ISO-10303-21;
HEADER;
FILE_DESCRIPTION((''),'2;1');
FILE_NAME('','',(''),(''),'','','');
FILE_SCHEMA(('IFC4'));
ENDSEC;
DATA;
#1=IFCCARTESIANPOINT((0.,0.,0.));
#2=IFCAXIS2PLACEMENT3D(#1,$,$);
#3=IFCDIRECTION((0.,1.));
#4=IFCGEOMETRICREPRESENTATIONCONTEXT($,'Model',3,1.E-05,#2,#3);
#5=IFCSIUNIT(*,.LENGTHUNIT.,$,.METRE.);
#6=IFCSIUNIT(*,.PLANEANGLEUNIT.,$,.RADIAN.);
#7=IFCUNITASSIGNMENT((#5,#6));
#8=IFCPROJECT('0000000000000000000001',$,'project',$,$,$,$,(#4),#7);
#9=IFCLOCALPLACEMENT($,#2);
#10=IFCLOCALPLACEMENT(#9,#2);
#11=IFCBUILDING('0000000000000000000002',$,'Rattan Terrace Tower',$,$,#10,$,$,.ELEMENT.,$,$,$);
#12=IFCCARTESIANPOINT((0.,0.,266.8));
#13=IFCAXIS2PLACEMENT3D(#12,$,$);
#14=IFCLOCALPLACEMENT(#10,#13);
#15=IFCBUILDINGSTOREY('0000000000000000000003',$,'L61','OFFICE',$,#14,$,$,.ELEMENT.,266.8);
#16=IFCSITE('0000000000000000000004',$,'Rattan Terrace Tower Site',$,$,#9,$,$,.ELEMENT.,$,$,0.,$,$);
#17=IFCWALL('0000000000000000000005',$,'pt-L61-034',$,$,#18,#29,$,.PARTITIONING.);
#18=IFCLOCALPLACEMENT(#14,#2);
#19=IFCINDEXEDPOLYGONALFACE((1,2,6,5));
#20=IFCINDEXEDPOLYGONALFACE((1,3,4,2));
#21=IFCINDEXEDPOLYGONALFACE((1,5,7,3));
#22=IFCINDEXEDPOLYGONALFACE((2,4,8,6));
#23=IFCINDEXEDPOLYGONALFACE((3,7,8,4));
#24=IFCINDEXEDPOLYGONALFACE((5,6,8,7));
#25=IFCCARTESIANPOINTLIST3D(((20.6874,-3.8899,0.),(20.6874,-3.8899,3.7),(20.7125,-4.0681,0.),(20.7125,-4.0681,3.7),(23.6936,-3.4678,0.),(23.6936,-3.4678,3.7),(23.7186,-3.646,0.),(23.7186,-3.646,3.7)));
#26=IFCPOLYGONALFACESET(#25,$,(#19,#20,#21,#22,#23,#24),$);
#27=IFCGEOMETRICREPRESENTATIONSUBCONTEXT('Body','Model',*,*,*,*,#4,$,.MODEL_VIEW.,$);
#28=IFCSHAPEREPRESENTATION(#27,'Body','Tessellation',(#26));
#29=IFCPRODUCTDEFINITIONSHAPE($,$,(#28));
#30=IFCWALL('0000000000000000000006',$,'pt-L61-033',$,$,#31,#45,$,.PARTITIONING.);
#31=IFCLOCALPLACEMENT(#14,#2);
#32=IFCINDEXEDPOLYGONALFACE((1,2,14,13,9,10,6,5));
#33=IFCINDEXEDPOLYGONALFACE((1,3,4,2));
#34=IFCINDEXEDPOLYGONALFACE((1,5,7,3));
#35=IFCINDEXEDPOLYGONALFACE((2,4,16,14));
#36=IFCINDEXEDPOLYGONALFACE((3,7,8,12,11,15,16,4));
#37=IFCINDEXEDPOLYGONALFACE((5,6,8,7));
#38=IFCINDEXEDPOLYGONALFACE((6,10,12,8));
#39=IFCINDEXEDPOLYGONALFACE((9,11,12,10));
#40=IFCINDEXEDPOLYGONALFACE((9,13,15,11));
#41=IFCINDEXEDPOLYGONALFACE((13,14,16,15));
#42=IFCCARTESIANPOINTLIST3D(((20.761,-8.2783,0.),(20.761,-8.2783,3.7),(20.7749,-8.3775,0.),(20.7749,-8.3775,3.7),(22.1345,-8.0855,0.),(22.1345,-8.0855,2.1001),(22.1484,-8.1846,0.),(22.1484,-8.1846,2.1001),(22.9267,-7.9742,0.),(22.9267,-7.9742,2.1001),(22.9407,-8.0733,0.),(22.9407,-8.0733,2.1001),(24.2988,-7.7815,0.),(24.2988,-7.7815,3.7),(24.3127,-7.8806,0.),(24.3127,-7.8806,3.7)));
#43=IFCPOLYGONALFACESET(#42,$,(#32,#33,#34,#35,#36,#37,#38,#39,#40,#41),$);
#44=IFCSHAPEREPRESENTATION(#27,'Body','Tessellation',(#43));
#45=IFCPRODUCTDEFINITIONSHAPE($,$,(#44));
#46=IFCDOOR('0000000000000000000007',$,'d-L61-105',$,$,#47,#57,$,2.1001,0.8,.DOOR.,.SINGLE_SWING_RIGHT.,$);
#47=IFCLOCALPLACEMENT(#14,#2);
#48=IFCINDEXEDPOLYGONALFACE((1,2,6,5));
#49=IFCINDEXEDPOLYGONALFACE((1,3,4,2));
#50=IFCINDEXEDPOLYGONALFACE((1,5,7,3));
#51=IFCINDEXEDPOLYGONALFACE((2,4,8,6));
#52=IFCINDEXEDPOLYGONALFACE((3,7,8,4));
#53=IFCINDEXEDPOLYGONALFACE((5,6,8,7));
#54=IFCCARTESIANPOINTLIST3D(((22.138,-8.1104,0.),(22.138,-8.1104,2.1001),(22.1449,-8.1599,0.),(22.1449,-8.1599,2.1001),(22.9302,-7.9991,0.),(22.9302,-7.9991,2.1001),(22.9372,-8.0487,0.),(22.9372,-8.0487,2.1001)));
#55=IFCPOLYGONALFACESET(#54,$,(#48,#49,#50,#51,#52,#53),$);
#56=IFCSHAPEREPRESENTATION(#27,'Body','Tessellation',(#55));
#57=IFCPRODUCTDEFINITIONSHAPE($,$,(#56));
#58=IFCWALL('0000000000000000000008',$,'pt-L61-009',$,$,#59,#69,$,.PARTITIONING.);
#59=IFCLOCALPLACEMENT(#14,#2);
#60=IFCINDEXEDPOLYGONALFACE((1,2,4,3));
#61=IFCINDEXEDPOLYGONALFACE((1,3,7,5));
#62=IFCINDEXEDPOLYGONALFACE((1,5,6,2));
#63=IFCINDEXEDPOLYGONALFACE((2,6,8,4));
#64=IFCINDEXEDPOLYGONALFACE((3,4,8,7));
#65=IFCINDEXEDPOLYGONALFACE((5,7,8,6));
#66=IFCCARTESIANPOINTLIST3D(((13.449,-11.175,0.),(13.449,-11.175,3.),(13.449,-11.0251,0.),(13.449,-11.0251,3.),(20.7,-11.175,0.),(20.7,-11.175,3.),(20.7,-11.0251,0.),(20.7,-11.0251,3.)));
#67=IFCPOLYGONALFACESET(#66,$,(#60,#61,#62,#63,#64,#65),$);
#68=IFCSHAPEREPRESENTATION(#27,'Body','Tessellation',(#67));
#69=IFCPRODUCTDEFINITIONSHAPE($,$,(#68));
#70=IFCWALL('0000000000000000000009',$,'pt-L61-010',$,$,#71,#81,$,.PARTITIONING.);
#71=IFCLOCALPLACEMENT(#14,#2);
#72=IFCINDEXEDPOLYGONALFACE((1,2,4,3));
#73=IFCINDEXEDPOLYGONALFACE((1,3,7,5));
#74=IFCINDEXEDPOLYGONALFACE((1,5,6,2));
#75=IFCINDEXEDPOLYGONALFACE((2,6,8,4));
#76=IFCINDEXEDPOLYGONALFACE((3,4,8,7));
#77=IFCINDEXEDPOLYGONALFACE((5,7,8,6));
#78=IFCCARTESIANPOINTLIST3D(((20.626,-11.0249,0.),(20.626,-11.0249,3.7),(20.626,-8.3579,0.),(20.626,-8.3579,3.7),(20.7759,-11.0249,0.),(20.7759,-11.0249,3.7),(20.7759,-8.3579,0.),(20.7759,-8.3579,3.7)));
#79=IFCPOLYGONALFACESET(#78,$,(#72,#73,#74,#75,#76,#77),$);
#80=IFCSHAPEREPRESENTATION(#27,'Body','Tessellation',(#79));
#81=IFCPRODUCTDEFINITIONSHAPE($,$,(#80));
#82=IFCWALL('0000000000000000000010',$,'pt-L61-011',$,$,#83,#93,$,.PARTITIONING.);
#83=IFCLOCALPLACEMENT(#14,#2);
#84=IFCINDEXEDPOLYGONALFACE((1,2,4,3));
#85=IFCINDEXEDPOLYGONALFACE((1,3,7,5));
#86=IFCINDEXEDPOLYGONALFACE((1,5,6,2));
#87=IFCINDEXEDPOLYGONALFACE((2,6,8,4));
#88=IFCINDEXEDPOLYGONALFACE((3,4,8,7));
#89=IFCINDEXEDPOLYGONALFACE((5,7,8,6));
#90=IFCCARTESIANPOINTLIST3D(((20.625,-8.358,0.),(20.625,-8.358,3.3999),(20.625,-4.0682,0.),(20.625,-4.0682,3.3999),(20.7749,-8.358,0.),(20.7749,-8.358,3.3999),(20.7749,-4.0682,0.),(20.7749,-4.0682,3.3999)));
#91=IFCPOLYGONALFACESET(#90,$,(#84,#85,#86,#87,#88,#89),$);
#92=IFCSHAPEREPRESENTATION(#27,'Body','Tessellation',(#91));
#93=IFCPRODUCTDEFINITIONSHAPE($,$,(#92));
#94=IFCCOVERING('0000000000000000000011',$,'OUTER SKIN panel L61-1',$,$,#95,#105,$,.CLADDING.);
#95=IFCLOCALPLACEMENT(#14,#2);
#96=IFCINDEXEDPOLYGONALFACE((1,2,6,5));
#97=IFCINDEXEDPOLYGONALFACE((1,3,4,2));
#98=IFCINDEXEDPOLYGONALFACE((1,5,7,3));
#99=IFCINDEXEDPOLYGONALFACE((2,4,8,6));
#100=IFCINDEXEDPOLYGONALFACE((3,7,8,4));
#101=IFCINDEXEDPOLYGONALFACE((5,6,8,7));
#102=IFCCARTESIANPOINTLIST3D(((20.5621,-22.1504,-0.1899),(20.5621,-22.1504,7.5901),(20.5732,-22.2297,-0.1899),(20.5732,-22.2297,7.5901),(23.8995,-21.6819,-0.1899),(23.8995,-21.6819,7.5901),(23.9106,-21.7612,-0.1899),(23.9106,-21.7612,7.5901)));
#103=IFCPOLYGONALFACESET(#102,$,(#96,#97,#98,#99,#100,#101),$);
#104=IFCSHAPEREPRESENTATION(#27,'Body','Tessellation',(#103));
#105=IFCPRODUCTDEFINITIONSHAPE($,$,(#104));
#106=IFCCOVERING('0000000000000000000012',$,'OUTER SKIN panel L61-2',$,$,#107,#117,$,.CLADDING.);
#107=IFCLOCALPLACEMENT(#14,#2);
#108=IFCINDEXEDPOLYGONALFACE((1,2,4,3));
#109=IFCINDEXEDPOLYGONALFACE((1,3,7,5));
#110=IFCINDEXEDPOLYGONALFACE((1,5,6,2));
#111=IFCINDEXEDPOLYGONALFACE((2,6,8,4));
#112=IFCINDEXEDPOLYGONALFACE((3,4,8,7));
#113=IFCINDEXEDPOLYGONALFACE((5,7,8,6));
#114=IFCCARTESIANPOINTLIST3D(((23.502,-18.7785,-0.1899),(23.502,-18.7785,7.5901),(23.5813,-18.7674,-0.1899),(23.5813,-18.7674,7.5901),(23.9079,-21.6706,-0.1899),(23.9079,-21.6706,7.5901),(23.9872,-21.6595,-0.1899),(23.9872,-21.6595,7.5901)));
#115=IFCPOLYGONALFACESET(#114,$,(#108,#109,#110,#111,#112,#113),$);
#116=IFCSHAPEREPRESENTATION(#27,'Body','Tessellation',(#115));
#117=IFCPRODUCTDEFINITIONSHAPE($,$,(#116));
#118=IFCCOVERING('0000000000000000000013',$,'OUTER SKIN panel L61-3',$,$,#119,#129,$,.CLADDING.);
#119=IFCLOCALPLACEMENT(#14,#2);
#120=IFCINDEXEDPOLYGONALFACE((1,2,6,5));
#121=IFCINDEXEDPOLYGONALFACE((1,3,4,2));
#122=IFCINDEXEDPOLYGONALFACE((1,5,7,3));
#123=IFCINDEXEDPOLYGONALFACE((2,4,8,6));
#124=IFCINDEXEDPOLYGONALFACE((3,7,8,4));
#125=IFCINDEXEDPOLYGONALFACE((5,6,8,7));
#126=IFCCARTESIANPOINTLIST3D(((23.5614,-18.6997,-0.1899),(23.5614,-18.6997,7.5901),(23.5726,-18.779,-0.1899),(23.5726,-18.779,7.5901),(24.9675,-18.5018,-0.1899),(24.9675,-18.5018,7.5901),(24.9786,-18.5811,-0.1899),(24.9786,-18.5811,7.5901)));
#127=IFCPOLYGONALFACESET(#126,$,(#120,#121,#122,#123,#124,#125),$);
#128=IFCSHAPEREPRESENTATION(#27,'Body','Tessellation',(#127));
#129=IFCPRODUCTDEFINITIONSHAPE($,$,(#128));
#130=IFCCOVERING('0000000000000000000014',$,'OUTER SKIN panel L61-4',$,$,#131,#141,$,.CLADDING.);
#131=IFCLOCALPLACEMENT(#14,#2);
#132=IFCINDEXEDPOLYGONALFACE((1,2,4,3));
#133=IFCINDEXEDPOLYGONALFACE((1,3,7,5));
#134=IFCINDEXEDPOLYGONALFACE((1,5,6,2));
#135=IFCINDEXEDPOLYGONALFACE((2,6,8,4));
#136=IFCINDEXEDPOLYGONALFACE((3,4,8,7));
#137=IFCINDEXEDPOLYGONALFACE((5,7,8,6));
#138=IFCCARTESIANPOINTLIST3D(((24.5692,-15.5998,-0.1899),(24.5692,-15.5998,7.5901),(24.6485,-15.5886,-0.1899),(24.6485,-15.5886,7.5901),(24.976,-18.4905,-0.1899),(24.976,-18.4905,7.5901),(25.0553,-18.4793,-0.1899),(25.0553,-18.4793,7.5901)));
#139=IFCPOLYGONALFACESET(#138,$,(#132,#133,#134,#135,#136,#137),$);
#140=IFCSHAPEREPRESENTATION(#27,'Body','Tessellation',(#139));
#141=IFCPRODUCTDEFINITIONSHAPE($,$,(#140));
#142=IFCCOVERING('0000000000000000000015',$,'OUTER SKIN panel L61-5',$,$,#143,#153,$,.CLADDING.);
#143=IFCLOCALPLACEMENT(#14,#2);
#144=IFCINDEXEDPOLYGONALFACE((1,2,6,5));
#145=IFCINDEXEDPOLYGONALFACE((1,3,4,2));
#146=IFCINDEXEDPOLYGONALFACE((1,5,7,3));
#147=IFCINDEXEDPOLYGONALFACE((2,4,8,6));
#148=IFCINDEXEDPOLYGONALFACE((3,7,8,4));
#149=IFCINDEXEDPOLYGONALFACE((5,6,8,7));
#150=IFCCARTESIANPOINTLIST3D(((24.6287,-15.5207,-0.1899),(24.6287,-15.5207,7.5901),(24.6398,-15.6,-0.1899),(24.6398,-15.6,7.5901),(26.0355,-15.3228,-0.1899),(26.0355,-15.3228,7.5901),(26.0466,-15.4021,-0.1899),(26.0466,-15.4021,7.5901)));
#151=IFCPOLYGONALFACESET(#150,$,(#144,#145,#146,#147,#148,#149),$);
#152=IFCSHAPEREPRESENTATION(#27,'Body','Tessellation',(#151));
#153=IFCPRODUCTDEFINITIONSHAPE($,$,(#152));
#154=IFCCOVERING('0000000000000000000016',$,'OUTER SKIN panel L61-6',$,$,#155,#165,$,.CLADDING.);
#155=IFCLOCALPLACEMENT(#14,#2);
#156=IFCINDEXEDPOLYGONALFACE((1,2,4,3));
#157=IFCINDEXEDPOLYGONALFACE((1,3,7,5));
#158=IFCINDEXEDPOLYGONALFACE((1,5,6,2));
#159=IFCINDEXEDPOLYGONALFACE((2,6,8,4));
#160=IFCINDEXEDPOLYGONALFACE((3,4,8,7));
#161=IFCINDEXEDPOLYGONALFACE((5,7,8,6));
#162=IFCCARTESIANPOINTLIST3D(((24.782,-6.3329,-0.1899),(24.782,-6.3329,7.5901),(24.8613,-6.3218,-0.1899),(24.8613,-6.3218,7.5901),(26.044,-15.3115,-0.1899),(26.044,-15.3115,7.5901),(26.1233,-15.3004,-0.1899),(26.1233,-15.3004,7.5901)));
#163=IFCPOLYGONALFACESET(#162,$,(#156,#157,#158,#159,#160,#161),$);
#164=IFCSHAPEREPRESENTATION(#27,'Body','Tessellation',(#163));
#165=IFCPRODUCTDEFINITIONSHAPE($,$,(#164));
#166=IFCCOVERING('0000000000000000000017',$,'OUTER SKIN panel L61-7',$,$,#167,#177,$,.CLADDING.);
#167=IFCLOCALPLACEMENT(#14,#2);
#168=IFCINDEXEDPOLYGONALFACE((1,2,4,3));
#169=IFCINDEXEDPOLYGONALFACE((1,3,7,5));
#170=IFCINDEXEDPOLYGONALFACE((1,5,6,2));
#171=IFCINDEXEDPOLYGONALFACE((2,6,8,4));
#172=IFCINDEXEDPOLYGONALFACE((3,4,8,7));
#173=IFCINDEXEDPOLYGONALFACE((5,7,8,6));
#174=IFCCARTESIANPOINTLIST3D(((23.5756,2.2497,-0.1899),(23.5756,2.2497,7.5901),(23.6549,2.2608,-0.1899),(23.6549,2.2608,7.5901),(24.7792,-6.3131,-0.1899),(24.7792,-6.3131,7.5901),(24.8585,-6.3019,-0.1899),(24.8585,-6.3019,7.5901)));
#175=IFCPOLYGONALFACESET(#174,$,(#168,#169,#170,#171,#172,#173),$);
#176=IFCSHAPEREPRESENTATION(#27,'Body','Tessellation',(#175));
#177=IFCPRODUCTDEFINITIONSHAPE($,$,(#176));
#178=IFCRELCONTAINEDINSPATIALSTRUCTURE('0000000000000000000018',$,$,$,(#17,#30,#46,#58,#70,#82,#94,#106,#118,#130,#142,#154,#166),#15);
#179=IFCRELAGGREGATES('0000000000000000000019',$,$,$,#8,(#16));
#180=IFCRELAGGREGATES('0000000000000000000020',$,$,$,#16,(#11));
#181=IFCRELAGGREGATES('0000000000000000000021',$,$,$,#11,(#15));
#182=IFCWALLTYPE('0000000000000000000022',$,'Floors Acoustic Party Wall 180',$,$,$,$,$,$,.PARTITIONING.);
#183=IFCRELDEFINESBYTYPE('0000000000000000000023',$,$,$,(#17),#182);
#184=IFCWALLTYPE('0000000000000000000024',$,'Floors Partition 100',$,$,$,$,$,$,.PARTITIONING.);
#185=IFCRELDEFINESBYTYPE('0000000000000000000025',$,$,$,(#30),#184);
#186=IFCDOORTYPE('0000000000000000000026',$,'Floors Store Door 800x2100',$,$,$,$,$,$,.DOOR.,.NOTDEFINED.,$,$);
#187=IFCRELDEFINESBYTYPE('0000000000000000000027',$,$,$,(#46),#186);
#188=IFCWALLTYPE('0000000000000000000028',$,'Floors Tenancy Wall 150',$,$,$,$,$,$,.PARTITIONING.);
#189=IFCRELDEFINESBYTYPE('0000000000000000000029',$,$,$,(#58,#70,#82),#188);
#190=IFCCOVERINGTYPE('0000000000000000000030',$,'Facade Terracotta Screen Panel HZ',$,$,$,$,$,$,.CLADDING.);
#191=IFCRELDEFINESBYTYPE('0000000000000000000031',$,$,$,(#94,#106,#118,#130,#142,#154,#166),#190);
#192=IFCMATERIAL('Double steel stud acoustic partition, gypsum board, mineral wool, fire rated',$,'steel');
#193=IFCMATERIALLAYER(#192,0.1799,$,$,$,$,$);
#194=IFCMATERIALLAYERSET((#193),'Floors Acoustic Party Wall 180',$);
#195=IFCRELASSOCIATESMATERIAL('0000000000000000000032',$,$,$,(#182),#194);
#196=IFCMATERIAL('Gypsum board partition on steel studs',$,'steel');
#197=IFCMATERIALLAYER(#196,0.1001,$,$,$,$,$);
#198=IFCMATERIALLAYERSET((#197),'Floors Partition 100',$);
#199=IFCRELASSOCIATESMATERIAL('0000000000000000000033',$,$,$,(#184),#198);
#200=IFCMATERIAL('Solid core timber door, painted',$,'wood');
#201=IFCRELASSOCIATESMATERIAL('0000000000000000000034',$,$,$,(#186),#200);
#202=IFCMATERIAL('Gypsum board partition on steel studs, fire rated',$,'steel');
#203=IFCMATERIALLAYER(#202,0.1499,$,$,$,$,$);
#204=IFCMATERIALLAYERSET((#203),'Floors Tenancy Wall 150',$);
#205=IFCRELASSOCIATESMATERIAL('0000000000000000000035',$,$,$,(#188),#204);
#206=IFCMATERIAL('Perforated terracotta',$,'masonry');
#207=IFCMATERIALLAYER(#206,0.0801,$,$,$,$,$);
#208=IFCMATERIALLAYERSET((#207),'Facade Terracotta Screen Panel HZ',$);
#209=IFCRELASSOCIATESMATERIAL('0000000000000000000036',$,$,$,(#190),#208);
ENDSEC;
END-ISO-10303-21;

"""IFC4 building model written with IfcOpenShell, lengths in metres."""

from ifc_helpers import new_model, si_unit, direction, frame, frame_2d, origin, origin_2d, place, context, subcontext, project, spatial, rectangle, extrude, material, layer, layer_set, type_object, element, fill, save


model = new_model("IFC4")

# Units and contexts
model_context = context("Model", 3, precision=1e-05, world=origin(), true_north=direction((0.0, 1.0)))
body_context = subcontext(model_context, "Body", "Model", "MODEL_VIEW")
ifc_project = project(units=[si_unit("LENGTHUNIT", "METRE"), si_unit("PLANEANGLEUNIT", "RADIAN")], contexts=[model_context])

# Site, building, storey
site_placement = place(None, origin())
site = spatial("IfcSite", under=ifc_project, at=site_placement, Name="Rattan Terrace Tower Site", CompositionType="ELEMENT", RefElevation=0.0)
building_placement = place(site_placement, origin())
building = spatial("IfcBuilding", under=site, at=building_placement, Name="Rattan Terrace Tower", CompositionType="ELEMENT")
storey_placement = place(building_placement, frame((0.0, 0.0, 266.8)))
storey = spatial("IfcBuildingStorey", under=building, at=storey_placement, Name="L61", Description="OFFICE", CompositionType="ELEMENT", Elevation=266.8)

# Wall
ifc_material_1 = material(Name="Double steel stud acoustic partition, gypsum board, mineral wool, fire rated", Category="steel")
ifc_layer_1 = layer(ifc_material_1, 0.1799)
ifc_layer_set_1 = layer_set([ifc_layer_1], Name="Floors Acoustic Party Wall 180")
wall_type_1 = type_object("IfcWallType", Name="Floors Acoustic Party Wall 180", PredefinedType="PARTITIONING", material=ifc_layer_set_1)
wall_1_placement = place(storey_placement, frame((20.7, -3.979, 0.0), z_axis=(0.0, 0.0, 1.0), x_axis=(0.990284, 0.139056, 0.0)))
element("IfcWall", 1, at=wall_1_placement, inside=storey, type_object=wall_type_1, Name="pt-L61-034", PredefinedType="PARTITIONING", context=body_context, shape_type="SweptSolid", body=[
    extrude(rectangle(XDim=3.0356, YDim=0.1799, at=frame_2d((1.5178, 0.0))), origin(), (0.0, 0.0, 1.0), 3.7),
])

# Wall, opening, door
ifc_material_2 = material(Name="Gypsum board partition on steel studs", Category="steel")
ifc_layer_2 = layer(ifc_material_2, 0.1001)
ifc_layer_set_2 = layer_set([ifc_layer_2], Name="Floors Partition 100")
wall_type_2 = type_object("IfcWallType", Name="Floors Partition 100", PredefinedType="PARTITIONING", material=ifc_layer_set_2)
wall_2_placement = place(storey_placement, frame((20.7681, -8.3279, 0.0), z_axis=(0.0, 0.0, 1.0), x_axis=(0.990283, 0.139067, 0.0)))
wall_2 = element("IfcWall", 2, at=wall_2_placement, inside=storey, type_object=wall_type_2, Name="pt-L61-033", PredefinedType="PARTITIONING", context=body_context, shape_type="SweptSolid", body=[
    extrude(rectangle(XDim=3.5725, YDim=0.1001, at=frame_2d((1.7861, 0.0))), origin(), (0.0, 0.0, 1.0), 3.7),
])
opening_1_placement = place(wall_2_placement, frame((1.387, 0.0, 0.0)))
opening_1 = element("IfcOpeningElement", 3, at=opening_1_placement, cuts=wall_2, PredefinedType="OPENING", context=body_context, shape_type="SweptSolid", body=[
    extrude(rectangle(XDim=0.8, YDim=2.1001, at=frame_2d((0.3999, 1.05))), frame((0.0, 0.0605, 0.0), z_axis=(0.0, -1.0, 0.0), x_axis=(1.0, 0.0, 0.0)), (0.0, 0.0, 1.0), 0.1211),
])
ifc_material_3 = material(Name="Solid core timber door, painted", Category="wood")
door_type_1 = type_object("IfcDoorType", Name="Floors Store Door 800x2100", OperationType="NOTDEFINED", PredefinedType="DOOR", material=ifc_material_3)
door_1_placement = place(opening_1_placement, origin())
door_1 = element("IfcDoor", 4, at=door_1_placement, inside=storey, type_object=door_type_1, Name="d-L61-105", OperationType="SINGLE_SWING_RIGHT", OverallHeight=2.1001, OverallWidth=0.8, PredefinedType="DOOR", context=body_context, shape_type="SweptSolid", body=[
    extrude(rectangle(XDim=0.8, YDim=2.1001, at=frame_2d((0.3999, 1.05))), frame((0.0, 0.0249, 0.0), z_axis=(0.0, -1.0, 0.0), x_axis=(1.0, 0.0, 0.0)), (0.0, 0.0, 1.0), 0.05),
])
fill(opening_1, door_1)

# Walls
ifc_material_4 = material(Name="Gypsum board partition on steel studs, fire rated", Category="steel")
ifc_layer_3 = layer(ifc_material_4, 0.1499)
ifc_layer_set_3 = layer_set([ifc_layer_3], Name="Floors Tenancy Wall 150")
wall_type_3 = type_object("IfcWallType", Name="Floors Tenancy Wall 150", PredefinedType="PARTITIONING", material=ifc_layer_set_3)
wall_3_placement = place(storey_placement, frame((20.7, -11.1001, 0.0), z_axis=(0.0, 0.0, 1.0), x_axis=(-1.0, 0.0, 0.0)))
element("IfcWall", 5, at=wall_3_placement, inside=storey, type_object=wall_type_3, Name="pt-L61-009", PredefinedType="PARTITIONING", context=body_context, shape_type="SweptSolid", body=[
    extrude(rectangle(XDim=7.251, YDim=0.1499, at=frame_2d((3.6255, 0.0))), origin(), (0.0, 0.0, 1.0), 3.0),
])
wall_4_placement = place(storey_placement, frame((20.7009, -8.3579, 0.0), z_axis=(0.0, 0.0, 1.0), x_axis=(0.0, -1.0, 0.0)))
element("IfcWall", 6, at=wall_4_placement, inside=storey, type_object=wall_type_3, Name="pt-L61-010", PredefinedType="PARTITIONING", context=body_context, shape_type="SweptSolid", body=[
    extrude(rectangle(XDim=2.667, YDim=0.1499, at=frame_2d((1.3335, 0.0))), origin(), (0.0, 0.0, 1.0), 3.7),
])
wall_5_placement = place(storey_placement, frame((20.7, -4.0681, 0.0), z_axis=(0.0, 0.0, 1.0), x_axis=(0.0, -1.0, 0.0)))
element("IfcWall", 7, at=wall_5_placement, inside=storey, type_object=wall_type_3, Name="pt-L61-011", PredefinedType="PARTITIONING", context=body_context, shape_type="SweptSolid", body=[
    extrude(rectangle(XDim=4.2898, YDim=0.1499, at=frame_2d((2.145, 0.0))), origin(), (0.0, 0.0, 1.0), 3.3999),
])

# Coverings
ifc_material_5 = material(Name="Perforated terracotta", Category="masonry")
ifc_layer_4 = layer(ifc_material_5, 0.0801)
ifc_layer_set_4 = layer_set([ifc_layer_4], Name="Facade Terracotta Screen Panel HZ")
covering_type = type_object("IfcCoveringType", Name="Facade Terracotta Screen Panel HZ", PredefinedType="CLADDING", material=ifc_layer_set_4)
covering_1_placement = place(storey_placement, frame((22.2363, -21.9558, -0.1899), z_axis=(0.0, 0.0, 1.0), x_axis=(0.990293, 0.138994, 0.0)))
element("IfcCovering", 8, at=covering_1_placement, inside=storey, type_object=covering_type, Name="OUTER SKIN panel L61-1", PredefinedType="CLADDING", context=body_context, shape_type="SweptSolid", body=[
    extrude(rectangle(XDim=3.3701, YDim=0.0801, at=origin_2d()), origin(), (0.0, 0.0, 1.0), 7.78),
])
covering_2_placement = place(storey_placement, frame((23.7446, -20.219, -0.1899), z_axis=(0.0, 0.0, 1.0), x_axis=(-0.138994, 0.990293, 0.0)))
element("IfcCovering", 9, at=covering_2_placement, inside=storey, type_object=covering_type, Name="OUTER SKIN panel L61-2", PredefinedType="CLADDING", context=body_context, shape_type="SweptSolid", body=[
    extrude(rectangle(XDim=2.9204, YDim=0.0801, at=origin_2d()), origin(), (0.0, 0.0, 1.0), 7.78),
])
covering_3_placement = place(storey_placement, frame((24.27, -18.6404, -0.1899), z_axis=(0.0, 0.0, 1.0), x_axis=(0.990241, 0.139367, 0.0)))
element("IfcCovering", 10, at=covering_3_placement, inside=storey, type_object=covering_type, Name="OUTER SKIN panel L61-3", PredefinedType="CLADDING", context=body_context, shape_type="SweptSolid", body=[
    extrude(rectangle(XDim=1.4199, YDim=0.0801, at=origin_2d()), origin(), (0.0, 0.0, 1.0), 7.78),
])
covering_4_placement = place(storey_placement, frame((24.8123, -17.0396, -0.1899), z_axis=(0.0, 0.0, 1.0), x_axis=(-0.139367, 0.990241, 0.0)))
element("IfcCovering", 11, at=covering_4_placement, inside=storey, type_object=covering_type, Name="OUTER SKIN panel L61-4", PredefinedType="CLADDING", context=body_context, shape_type="SweptSolid", body=[
    extrude(rectangle(XDim=2.9192, YDim=0.0801, at=origin_2d()), origin(), (0.0, 0.0, 1.0), 7.78),
])
covering_5_placement = place(storey_placement, frame((25.3376, -15.4614, -0.1899), z_axis=(0.0, 0.0, 1.0), x_axis=(0.990254, 0.139275, 0.0)))
element("IfcCovering", 12, at=covering_5_placement, inside=storey, type_object=covering_type, Name="OUTER SKIN panel L61-5", PredefinedType="CLADDING", context=body_context, shape_type="SweptSolid", body=[
    extrude(rectangle(XDim=1.4207, YDim=0.0801, at=origin_2d()), origin(), (0.0, 0.0, 1.0), 7.78),
])
covering_6_placement = place(storey_placement, frame((25.4526, -10.8167, -0.1899), z_axis=(0.0, 0.0, 1.0), x_axis=(-0.139192, 0.990265, 0.0)))
element("IfcCovering", 13, at=covering_6_placement, inside=storey, type_object=covering_type, Name="OUTER SKIN panel L61-6", PredefinedType="CLADDING", context=body_context, shape_type="SweptSolid", body=[
    extrude(rectangle(XDim=9.0669, YDim=0.0801, at=origin_2d()), origin(), (0.0, 0.0, 1.0), 7.78),
])
covering_7_placement = place(storey_placement, frame((24.217, -2.0261, -0.1899), z_axis=(0.0, 0.0, 1.0), x_axis=(-0.139192, 0.990265, 0.0)))
element("IfcCovering", 14, at=covering_7_placement, inside=storey, type_object=covering_type, Name="OUTER SKIN panel L61-7", PredefinedType="CLADDING", context=body_context, shape_type="SweptSolid", body=[
    extrude(rectangle(XDim=8.647, YDim=0.0801, at=origin_2d()), origin(), (0.0, 0.0, 1.0), 7.78),
])

save(model, "model.ifc")
